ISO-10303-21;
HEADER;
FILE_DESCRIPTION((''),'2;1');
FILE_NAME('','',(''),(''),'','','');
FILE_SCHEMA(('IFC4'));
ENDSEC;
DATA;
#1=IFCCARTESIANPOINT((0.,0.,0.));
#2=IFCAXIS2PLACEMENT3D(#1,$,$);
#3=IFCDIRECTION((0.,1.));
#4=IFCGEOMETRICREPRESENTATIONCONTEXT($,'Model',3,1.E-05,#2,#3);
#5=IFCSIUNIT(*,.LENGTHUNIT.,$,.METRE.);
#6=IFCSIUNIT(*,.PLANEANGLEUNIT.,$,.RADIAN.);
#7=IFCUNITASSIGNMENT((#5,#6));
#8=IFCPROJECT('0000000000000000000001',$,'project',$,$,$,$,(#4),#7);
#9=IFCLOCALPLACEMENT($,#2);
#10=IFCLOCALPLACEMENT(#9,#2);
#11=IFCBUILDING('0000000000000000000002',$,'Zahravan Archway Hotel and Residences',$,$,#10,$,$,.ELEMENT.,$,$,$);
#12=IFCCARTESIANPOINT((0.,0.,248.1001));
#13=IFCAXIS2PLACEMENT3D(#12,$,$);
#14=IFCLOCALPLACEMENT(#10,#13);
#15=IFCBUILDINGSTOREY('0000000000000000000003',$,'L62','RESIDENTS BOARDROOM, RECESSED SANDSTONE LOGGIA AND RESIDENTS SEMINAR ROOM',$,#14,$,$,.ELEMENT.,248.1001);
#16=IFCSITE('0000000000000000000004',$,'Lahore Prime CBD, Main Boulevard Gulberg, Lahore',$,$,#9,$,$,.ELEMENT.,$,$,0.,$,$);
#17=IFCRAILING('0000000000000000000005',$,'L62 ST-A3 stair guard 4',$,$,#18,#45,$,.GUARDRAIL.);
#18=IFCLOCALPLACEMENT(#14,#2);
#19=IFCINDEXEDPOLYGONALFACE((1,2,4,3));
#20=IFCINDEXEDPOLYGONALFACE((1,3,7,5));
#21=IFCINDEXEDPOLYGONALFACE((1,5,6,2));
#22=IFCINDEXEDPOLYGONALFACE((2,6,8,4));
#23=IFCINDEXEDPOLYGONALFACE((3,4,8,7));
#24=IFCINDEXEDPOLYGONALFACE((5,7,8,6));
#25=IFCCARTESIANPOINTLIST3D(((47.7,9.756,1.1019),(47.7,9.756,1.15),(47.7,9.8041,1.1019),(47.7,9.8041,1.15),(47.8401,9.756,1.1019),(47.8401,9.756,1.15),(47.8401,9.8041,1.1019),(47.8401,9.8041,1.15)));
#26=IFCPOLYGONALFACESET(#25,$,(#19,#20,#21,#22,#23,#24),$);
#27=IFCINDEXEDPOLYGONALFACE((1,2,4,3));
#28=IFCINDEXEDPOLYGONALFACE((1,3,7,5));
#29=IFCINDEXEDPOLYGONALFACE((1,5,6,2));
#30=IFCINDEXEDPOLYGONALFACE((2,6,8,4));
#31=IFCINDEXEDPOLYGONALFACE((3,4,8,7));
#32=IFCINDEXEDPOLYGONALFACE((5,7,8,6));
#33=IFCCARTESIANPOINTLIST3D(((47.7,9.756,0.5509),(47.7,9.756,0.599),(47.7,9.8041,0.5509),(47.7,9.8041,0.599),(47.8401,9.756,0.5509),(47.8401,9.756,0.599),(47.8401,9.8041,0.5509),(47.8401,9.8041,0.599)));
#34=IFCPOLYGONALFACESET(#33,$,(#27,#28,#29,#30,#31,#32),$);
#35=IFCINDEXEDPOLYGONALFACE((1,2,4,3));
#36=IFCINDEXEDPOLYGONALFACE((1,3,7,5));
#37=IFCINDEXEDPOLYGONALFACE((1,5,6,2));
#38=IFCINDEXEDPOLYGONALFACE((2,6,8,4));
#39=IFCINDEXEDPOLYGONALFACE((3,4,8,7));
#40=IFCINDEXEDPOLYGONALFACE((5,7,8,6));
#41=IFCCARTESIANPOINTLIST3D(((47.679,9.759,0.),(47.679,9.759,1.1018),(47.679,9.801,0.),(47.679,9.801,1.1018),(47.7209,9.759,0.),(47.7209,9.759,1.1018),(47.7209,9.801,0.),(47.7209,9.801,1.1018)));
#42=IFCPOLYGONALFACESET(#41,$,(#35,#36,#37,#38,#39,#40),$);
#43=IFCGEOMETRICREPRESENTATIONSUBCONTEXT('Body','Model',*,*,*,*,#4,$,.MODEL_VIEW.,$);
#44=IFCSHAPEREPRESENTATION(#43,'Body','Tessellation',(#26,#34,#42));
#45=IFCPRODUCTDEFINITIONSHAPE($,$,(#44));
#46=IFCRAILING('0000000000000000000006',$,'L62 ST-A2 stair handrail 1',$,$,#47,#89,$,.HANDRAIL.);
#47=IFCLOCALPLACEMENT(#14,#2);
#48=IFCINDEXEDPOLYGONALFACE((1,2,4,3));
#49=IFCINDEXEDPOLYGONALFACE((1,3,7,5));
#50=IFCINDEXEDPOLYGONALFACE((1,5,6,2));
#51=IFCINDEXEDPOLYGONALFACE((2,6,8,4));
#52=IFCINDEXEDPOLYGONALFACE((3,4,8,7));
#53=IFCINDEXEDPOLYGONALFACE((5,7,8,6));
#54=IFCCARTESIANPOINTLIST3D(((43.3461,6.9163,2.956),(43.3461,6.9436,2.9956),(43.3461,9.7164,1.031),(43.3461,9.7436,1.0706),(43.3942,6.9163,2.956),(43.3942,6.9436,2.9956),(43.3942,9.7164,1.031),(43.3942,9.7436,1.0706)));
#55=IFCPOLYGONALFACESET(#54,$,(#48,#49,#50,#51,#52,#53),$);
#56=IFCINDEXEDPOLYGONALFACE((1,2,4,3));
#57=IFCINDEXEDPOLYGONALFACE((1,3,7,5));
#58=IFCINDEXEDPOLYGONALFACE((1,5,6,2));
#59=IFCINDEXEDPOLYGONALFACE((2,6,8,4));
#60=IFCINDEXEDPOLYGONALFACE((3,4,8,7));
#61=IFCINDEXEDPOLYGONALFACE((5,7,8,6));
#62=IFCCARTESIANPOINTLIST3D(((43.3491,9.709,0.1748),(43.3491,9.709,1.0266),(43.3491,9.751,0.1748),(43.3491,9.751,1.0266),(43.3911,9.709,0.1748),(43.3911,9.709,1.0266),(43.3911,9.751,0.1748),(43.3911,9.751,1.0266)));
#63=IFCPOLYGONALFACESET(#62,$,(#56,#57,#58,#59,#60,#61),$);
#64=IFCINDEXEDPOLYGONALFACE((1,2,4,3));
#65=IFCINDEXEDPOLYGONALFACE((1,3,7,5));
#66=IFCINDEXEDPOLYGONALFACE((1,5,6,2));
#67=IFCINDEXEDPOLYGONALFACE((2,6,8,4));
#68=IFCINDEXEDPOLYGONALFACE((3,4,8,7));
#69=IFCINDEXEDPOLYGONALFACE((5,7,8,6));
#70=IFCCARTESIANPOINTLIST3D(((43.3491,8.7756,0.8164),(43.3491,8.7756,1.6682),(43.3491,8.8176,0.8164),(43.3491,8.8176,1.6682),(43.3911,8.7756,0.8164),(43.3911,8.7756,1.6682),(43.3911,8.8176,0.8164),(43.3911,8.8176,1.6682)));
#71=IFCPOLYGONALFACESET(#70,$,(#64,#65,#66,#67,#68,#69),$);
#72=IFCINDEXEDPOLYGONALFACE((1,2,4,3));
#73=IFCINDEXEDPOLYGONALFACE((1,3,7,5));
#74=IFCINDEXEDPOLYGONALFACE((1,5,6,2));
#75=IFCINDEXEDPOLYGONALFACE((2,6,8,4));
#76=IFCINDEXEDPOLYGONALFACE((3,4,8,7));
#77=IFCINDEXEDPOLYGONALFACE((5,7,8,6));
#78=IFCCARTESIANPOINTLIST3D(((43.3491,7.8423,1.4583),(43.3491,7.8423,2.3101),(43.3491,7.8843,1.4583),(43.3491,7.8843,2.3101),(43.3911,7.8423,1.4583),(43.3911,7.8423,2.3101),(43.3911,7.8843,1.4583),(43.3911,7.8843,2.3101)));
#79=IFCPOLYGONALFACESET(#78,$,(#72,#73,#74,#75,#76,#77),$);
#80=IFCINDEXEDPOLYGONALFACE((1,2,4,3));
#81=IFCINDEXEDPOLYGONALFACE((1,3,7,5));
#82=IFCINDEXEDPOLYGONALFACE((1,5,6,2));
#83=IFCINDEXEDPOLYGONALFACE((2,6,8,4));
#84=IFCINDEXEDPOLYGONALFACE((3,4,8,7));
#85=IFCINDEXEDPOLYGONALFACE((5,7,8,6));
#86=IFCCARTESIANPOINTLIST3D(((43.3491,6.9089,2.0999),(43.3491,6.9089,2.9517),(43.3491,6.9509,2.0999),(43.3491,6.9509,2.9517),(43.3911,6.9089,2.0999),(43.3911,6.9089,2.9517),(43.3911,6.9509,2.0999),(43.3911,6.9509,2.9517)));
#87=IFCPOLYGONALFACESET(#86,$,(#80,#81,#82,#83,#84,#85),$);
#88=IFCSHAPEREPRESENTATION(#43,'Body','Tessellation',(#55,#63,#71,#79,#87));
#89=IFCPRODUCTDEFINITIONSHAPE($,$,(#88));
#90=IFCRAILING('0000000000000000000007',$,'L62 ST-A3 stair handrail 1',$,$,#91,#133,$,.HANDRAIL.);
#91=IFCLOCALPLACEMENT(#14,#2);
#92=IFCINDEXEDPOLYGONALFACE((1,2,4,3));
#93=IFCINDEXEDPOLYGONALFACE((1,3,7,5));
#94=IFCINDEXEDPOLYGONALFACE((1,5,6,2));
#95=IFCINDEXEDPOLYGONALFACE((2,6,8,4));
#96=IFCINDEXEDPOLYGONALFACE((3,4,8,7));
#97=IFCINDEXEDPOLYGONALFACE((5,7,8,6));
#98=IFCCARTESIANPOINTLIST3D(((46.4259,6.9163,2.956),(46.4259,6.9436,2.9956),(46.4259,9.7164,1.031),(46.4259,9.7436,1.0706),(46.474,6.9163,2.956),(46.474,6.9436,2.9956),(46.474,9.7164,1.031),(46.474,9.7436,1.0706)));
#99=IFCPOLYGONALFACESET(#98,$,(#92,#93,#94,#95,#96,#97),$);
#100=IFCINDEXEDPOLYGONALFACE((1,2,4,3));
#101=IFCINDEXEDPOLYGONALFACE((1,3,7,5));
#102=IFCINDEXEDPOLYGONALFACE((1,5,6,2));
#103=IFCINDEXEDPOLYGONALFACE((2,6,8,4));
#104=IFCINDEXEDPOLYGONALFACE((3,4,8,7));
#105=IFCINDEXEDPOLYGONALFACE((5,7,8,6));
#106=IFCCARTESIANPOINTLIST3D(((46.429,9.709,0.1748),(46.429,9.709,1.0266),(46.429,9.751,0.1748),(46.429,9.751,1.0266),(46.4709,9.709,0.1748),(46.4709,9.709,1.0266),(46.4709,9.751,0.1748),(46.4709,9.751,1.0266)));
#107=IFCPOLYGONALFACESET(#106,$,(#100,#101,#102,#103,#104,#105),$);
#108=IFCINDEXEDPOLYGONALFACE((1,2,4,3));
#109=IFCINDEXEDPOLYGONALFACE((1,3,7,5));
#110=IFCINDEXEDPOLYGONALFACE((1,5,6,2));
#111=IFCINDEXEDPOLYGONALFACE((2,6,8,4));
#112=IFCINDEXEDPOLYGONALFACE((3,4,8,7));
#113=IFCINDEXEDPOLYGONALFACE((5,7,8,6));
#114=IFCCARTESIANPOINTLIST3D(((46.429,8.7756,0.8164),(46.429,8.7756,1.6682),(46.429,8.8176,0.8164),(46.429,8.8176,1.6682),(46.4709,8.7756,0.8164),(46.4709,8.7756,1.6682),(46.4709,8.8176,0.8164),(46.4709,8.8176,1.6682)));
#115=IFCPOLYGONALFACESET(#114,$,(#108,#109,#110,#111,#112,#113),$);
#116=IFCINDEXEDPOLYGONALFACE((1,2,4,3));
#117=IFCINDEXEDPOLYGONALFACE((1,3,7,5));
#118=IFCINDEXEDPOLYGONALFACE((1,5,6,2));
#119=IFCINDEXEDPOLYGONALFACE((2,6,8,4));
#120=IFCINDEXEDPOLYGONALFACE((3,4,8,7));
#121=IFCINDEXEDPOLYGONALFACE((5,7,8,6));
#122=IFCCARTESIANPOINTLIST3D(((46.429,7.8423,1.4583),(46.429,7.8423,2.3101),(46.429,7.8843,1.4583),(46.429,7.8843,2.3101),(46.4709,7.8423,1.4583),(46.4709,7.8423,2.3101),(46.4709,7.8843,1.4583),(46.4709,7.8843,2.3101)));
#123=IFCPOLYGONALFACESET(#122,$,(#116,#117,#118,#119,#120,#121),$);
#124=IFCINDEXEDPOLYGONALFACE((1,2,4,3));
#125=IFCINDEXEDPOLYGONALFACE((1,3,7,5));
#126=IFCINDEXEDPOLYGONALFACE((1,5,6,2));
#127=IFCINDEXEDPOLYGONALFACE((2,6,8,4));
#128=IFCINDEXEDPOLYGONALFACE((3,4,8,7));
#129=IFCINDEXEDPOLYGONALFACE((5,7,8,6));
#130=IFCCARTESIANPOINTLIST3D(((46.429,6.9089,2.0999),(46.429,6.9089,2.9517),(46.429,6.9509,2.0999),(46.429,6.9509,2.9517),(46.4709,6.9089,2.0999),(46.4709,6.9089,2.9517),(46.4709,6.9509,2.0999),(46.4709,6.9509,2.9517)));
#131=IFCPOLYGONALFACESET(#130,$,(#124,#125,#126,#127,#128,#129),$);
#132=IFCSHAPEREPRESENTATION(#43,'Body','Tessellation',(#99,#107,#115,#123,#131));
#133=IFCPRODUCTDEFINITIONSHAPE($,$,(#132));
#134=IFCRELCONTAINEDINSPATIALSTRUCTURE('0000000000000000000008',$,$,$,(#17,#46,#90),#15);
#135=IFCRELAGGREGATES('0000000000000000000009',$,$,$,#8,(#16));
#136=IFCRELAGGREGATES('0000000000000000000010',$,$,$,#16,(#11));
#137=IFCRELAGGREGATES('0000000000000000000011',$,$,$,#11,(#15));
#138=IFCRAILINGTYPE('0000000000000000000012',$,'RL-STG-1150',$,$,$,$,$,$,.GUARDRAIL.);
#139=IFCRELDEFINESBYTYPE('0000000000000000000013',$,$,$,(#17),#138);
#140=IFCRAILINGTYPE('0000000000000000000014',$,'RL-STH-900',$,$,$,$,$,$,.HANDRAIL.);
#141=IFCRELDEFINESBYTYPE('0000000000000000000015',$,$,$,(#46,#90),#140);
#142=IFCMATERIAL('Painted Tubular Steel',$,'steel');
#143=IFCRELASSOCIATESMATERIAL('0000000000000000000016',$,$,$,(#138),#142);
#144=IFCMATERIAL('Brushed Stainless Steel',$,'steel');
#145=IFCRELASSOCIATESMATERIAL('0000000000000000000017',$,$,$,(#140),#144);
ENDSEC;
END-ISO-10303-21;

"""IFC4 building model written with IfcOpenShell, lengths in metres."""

from ifc_helpers import new_model, si_unit, direction, frame, origin, origin_2d, place, context, subcontext, project, spatial, rectangle, extrude, material, type_object, element, save


model = new_model("IFC4")

# Units and contexts
model_context = context("Model", 3, precision=1e-05, world=origin(), true_north=direction((0.0, 1.0)))
body_context = subcontext(model_context, "Body", "Model", "MODEL_VIEW")
ifc_project = project(units=[si_unit("LENGTHUNIT", "METRE"), si_unit("PLANEANGLEUNIT", "RADIAN")], contexts=[model_context])

# Site, building, storey
site_placement = place(None, origin())
site = spatial("IfcSite", under=ifc_project, at=site_placement, Name="Lahore Prime CBD, Main Boulevard Gulberg, Lahore", CompositionType="ELEMENT", RefElevation=0.0)
building_placement = place(site_placement, origin())
building = spatial("IfcBuilding", under=site, at=building_placement, Name="Zahravan Archway Hotel and Residences", CompositionType="ELEMENT")
storey_placement = place(building_placement, frame((0.0, 0.0, 248.1001)))
storey = spatial("IfcBuildingStorey", under=building, at=storey_placement, Name="L62", Description="RESIDENTS BOARDROOM, RECESSED SANDSTONE LOGGIA AND RESIDENTS SEMINAR ROOM", CompositionType="ELEMENT", Elevation=248.1001)

# Shared definitions
ifc_material_1 = material(Name="Brushed Stainless Steel", Category="steel")

# Railings
ifc_material_2 = material(Name="Painted Tubular Steel", Category="steel")
railing_type_1 = type_object("IfcRailingType", Name="RL-STG-1150", PredefinedType="GUARDRAIL", material=ifc_material_2)
railing_1_placement = place(storey_placement, frame((47.7, 9.78, 0.0)))
element("IfcRailing", 1, at=railing_1_placement, inside=storey, type_object=railing_type_1, Name="L62 ST-A3 stair guard 4", PredefinedType="GUARDRAIL", context=body_context, shape_type="SweptSolid", body=[
    extrude(rectangle(XDim=0.0481, YDim=0.0481, at=origin_2d()), frame((0.0, 0.0, 1.126), z_axis=(1.0, 0.0, 0.0), x_axis=(0.0, 1.0, 0.0)), (0.0, 0.0, 1.0), 0.1401),
    extrude(rectangle(XDim=0.0481, YDim=0.0481, at=origin_2d()), frame((0.0, 0.0, 0.575), z_axis=(1.0, 0.0, 0.0), x_axis=(0.0, 1.0, 0.0)), (0.0, 0.0, 1.0), 0.1401),
    extrude(rectangle(XDim=0.042, YDim=0.042, at=origin_2d()), origin(), (0.0, 0.0, 1.0), 1.1018),
])
railing_type_2 = type_object("IfcRailingType", Name="RL-STH-900", PredefinedType="HANDRAIL", material=ifc_material_1)
for number, where, name in (
    (2, (43.3701, 9.73, 0.1748), "L62 ST-A2 stair handrail 1"),
    (3, (46.45, 9.73, 0.1748), "L62 ST-A3 stair handrail 1"),
):
    element("IfcRailing", number, at=place(storey_placement, frame(where)), inside=storey, type_object=railing_type_2, Name=name, PredefinedType="HANDRAIL", context=body_context, shape_type="SweptSolid", body=[
        extrude(rectangle(XDim=0.0481, YDim=0.0481, at=origin_2d()), frame((0.0, 0.0, 0.876), z_axis=(0.0, -0.82404, 0.566532), x_axis=(1.0, 0.0, 0.0)), (0.0, 0.0, 1.0), 3.3979),
        extrude(rectangle(XDim=0.042, YDim=0.042, at=origin_2d()), origin(), (0.0, 0.0, 1.0), 0.8518),
        extrude(rectangle(XDim=0.042, YDim=0.042, at=origin_2d()), frame((0.0, -0.9333, 0.6416)), (0.0, 0.0, 1.0), 0.8518),
        extrude(rectangle(XDim=0.042, YDim=0.042, at=origin_2d()), frame((0.0, -1.8667, 1.2834)), (0.0, 0.0, 1.0), 0.8518),
        extrude(rectangle(XDim=0.042, YDim=0.042, at=origin_2d()), frame((0.0, -2.8, 1.925)), (0.0, 0.0, 1.0), 0.8518),
    ])

save(model, "model.ifc")
